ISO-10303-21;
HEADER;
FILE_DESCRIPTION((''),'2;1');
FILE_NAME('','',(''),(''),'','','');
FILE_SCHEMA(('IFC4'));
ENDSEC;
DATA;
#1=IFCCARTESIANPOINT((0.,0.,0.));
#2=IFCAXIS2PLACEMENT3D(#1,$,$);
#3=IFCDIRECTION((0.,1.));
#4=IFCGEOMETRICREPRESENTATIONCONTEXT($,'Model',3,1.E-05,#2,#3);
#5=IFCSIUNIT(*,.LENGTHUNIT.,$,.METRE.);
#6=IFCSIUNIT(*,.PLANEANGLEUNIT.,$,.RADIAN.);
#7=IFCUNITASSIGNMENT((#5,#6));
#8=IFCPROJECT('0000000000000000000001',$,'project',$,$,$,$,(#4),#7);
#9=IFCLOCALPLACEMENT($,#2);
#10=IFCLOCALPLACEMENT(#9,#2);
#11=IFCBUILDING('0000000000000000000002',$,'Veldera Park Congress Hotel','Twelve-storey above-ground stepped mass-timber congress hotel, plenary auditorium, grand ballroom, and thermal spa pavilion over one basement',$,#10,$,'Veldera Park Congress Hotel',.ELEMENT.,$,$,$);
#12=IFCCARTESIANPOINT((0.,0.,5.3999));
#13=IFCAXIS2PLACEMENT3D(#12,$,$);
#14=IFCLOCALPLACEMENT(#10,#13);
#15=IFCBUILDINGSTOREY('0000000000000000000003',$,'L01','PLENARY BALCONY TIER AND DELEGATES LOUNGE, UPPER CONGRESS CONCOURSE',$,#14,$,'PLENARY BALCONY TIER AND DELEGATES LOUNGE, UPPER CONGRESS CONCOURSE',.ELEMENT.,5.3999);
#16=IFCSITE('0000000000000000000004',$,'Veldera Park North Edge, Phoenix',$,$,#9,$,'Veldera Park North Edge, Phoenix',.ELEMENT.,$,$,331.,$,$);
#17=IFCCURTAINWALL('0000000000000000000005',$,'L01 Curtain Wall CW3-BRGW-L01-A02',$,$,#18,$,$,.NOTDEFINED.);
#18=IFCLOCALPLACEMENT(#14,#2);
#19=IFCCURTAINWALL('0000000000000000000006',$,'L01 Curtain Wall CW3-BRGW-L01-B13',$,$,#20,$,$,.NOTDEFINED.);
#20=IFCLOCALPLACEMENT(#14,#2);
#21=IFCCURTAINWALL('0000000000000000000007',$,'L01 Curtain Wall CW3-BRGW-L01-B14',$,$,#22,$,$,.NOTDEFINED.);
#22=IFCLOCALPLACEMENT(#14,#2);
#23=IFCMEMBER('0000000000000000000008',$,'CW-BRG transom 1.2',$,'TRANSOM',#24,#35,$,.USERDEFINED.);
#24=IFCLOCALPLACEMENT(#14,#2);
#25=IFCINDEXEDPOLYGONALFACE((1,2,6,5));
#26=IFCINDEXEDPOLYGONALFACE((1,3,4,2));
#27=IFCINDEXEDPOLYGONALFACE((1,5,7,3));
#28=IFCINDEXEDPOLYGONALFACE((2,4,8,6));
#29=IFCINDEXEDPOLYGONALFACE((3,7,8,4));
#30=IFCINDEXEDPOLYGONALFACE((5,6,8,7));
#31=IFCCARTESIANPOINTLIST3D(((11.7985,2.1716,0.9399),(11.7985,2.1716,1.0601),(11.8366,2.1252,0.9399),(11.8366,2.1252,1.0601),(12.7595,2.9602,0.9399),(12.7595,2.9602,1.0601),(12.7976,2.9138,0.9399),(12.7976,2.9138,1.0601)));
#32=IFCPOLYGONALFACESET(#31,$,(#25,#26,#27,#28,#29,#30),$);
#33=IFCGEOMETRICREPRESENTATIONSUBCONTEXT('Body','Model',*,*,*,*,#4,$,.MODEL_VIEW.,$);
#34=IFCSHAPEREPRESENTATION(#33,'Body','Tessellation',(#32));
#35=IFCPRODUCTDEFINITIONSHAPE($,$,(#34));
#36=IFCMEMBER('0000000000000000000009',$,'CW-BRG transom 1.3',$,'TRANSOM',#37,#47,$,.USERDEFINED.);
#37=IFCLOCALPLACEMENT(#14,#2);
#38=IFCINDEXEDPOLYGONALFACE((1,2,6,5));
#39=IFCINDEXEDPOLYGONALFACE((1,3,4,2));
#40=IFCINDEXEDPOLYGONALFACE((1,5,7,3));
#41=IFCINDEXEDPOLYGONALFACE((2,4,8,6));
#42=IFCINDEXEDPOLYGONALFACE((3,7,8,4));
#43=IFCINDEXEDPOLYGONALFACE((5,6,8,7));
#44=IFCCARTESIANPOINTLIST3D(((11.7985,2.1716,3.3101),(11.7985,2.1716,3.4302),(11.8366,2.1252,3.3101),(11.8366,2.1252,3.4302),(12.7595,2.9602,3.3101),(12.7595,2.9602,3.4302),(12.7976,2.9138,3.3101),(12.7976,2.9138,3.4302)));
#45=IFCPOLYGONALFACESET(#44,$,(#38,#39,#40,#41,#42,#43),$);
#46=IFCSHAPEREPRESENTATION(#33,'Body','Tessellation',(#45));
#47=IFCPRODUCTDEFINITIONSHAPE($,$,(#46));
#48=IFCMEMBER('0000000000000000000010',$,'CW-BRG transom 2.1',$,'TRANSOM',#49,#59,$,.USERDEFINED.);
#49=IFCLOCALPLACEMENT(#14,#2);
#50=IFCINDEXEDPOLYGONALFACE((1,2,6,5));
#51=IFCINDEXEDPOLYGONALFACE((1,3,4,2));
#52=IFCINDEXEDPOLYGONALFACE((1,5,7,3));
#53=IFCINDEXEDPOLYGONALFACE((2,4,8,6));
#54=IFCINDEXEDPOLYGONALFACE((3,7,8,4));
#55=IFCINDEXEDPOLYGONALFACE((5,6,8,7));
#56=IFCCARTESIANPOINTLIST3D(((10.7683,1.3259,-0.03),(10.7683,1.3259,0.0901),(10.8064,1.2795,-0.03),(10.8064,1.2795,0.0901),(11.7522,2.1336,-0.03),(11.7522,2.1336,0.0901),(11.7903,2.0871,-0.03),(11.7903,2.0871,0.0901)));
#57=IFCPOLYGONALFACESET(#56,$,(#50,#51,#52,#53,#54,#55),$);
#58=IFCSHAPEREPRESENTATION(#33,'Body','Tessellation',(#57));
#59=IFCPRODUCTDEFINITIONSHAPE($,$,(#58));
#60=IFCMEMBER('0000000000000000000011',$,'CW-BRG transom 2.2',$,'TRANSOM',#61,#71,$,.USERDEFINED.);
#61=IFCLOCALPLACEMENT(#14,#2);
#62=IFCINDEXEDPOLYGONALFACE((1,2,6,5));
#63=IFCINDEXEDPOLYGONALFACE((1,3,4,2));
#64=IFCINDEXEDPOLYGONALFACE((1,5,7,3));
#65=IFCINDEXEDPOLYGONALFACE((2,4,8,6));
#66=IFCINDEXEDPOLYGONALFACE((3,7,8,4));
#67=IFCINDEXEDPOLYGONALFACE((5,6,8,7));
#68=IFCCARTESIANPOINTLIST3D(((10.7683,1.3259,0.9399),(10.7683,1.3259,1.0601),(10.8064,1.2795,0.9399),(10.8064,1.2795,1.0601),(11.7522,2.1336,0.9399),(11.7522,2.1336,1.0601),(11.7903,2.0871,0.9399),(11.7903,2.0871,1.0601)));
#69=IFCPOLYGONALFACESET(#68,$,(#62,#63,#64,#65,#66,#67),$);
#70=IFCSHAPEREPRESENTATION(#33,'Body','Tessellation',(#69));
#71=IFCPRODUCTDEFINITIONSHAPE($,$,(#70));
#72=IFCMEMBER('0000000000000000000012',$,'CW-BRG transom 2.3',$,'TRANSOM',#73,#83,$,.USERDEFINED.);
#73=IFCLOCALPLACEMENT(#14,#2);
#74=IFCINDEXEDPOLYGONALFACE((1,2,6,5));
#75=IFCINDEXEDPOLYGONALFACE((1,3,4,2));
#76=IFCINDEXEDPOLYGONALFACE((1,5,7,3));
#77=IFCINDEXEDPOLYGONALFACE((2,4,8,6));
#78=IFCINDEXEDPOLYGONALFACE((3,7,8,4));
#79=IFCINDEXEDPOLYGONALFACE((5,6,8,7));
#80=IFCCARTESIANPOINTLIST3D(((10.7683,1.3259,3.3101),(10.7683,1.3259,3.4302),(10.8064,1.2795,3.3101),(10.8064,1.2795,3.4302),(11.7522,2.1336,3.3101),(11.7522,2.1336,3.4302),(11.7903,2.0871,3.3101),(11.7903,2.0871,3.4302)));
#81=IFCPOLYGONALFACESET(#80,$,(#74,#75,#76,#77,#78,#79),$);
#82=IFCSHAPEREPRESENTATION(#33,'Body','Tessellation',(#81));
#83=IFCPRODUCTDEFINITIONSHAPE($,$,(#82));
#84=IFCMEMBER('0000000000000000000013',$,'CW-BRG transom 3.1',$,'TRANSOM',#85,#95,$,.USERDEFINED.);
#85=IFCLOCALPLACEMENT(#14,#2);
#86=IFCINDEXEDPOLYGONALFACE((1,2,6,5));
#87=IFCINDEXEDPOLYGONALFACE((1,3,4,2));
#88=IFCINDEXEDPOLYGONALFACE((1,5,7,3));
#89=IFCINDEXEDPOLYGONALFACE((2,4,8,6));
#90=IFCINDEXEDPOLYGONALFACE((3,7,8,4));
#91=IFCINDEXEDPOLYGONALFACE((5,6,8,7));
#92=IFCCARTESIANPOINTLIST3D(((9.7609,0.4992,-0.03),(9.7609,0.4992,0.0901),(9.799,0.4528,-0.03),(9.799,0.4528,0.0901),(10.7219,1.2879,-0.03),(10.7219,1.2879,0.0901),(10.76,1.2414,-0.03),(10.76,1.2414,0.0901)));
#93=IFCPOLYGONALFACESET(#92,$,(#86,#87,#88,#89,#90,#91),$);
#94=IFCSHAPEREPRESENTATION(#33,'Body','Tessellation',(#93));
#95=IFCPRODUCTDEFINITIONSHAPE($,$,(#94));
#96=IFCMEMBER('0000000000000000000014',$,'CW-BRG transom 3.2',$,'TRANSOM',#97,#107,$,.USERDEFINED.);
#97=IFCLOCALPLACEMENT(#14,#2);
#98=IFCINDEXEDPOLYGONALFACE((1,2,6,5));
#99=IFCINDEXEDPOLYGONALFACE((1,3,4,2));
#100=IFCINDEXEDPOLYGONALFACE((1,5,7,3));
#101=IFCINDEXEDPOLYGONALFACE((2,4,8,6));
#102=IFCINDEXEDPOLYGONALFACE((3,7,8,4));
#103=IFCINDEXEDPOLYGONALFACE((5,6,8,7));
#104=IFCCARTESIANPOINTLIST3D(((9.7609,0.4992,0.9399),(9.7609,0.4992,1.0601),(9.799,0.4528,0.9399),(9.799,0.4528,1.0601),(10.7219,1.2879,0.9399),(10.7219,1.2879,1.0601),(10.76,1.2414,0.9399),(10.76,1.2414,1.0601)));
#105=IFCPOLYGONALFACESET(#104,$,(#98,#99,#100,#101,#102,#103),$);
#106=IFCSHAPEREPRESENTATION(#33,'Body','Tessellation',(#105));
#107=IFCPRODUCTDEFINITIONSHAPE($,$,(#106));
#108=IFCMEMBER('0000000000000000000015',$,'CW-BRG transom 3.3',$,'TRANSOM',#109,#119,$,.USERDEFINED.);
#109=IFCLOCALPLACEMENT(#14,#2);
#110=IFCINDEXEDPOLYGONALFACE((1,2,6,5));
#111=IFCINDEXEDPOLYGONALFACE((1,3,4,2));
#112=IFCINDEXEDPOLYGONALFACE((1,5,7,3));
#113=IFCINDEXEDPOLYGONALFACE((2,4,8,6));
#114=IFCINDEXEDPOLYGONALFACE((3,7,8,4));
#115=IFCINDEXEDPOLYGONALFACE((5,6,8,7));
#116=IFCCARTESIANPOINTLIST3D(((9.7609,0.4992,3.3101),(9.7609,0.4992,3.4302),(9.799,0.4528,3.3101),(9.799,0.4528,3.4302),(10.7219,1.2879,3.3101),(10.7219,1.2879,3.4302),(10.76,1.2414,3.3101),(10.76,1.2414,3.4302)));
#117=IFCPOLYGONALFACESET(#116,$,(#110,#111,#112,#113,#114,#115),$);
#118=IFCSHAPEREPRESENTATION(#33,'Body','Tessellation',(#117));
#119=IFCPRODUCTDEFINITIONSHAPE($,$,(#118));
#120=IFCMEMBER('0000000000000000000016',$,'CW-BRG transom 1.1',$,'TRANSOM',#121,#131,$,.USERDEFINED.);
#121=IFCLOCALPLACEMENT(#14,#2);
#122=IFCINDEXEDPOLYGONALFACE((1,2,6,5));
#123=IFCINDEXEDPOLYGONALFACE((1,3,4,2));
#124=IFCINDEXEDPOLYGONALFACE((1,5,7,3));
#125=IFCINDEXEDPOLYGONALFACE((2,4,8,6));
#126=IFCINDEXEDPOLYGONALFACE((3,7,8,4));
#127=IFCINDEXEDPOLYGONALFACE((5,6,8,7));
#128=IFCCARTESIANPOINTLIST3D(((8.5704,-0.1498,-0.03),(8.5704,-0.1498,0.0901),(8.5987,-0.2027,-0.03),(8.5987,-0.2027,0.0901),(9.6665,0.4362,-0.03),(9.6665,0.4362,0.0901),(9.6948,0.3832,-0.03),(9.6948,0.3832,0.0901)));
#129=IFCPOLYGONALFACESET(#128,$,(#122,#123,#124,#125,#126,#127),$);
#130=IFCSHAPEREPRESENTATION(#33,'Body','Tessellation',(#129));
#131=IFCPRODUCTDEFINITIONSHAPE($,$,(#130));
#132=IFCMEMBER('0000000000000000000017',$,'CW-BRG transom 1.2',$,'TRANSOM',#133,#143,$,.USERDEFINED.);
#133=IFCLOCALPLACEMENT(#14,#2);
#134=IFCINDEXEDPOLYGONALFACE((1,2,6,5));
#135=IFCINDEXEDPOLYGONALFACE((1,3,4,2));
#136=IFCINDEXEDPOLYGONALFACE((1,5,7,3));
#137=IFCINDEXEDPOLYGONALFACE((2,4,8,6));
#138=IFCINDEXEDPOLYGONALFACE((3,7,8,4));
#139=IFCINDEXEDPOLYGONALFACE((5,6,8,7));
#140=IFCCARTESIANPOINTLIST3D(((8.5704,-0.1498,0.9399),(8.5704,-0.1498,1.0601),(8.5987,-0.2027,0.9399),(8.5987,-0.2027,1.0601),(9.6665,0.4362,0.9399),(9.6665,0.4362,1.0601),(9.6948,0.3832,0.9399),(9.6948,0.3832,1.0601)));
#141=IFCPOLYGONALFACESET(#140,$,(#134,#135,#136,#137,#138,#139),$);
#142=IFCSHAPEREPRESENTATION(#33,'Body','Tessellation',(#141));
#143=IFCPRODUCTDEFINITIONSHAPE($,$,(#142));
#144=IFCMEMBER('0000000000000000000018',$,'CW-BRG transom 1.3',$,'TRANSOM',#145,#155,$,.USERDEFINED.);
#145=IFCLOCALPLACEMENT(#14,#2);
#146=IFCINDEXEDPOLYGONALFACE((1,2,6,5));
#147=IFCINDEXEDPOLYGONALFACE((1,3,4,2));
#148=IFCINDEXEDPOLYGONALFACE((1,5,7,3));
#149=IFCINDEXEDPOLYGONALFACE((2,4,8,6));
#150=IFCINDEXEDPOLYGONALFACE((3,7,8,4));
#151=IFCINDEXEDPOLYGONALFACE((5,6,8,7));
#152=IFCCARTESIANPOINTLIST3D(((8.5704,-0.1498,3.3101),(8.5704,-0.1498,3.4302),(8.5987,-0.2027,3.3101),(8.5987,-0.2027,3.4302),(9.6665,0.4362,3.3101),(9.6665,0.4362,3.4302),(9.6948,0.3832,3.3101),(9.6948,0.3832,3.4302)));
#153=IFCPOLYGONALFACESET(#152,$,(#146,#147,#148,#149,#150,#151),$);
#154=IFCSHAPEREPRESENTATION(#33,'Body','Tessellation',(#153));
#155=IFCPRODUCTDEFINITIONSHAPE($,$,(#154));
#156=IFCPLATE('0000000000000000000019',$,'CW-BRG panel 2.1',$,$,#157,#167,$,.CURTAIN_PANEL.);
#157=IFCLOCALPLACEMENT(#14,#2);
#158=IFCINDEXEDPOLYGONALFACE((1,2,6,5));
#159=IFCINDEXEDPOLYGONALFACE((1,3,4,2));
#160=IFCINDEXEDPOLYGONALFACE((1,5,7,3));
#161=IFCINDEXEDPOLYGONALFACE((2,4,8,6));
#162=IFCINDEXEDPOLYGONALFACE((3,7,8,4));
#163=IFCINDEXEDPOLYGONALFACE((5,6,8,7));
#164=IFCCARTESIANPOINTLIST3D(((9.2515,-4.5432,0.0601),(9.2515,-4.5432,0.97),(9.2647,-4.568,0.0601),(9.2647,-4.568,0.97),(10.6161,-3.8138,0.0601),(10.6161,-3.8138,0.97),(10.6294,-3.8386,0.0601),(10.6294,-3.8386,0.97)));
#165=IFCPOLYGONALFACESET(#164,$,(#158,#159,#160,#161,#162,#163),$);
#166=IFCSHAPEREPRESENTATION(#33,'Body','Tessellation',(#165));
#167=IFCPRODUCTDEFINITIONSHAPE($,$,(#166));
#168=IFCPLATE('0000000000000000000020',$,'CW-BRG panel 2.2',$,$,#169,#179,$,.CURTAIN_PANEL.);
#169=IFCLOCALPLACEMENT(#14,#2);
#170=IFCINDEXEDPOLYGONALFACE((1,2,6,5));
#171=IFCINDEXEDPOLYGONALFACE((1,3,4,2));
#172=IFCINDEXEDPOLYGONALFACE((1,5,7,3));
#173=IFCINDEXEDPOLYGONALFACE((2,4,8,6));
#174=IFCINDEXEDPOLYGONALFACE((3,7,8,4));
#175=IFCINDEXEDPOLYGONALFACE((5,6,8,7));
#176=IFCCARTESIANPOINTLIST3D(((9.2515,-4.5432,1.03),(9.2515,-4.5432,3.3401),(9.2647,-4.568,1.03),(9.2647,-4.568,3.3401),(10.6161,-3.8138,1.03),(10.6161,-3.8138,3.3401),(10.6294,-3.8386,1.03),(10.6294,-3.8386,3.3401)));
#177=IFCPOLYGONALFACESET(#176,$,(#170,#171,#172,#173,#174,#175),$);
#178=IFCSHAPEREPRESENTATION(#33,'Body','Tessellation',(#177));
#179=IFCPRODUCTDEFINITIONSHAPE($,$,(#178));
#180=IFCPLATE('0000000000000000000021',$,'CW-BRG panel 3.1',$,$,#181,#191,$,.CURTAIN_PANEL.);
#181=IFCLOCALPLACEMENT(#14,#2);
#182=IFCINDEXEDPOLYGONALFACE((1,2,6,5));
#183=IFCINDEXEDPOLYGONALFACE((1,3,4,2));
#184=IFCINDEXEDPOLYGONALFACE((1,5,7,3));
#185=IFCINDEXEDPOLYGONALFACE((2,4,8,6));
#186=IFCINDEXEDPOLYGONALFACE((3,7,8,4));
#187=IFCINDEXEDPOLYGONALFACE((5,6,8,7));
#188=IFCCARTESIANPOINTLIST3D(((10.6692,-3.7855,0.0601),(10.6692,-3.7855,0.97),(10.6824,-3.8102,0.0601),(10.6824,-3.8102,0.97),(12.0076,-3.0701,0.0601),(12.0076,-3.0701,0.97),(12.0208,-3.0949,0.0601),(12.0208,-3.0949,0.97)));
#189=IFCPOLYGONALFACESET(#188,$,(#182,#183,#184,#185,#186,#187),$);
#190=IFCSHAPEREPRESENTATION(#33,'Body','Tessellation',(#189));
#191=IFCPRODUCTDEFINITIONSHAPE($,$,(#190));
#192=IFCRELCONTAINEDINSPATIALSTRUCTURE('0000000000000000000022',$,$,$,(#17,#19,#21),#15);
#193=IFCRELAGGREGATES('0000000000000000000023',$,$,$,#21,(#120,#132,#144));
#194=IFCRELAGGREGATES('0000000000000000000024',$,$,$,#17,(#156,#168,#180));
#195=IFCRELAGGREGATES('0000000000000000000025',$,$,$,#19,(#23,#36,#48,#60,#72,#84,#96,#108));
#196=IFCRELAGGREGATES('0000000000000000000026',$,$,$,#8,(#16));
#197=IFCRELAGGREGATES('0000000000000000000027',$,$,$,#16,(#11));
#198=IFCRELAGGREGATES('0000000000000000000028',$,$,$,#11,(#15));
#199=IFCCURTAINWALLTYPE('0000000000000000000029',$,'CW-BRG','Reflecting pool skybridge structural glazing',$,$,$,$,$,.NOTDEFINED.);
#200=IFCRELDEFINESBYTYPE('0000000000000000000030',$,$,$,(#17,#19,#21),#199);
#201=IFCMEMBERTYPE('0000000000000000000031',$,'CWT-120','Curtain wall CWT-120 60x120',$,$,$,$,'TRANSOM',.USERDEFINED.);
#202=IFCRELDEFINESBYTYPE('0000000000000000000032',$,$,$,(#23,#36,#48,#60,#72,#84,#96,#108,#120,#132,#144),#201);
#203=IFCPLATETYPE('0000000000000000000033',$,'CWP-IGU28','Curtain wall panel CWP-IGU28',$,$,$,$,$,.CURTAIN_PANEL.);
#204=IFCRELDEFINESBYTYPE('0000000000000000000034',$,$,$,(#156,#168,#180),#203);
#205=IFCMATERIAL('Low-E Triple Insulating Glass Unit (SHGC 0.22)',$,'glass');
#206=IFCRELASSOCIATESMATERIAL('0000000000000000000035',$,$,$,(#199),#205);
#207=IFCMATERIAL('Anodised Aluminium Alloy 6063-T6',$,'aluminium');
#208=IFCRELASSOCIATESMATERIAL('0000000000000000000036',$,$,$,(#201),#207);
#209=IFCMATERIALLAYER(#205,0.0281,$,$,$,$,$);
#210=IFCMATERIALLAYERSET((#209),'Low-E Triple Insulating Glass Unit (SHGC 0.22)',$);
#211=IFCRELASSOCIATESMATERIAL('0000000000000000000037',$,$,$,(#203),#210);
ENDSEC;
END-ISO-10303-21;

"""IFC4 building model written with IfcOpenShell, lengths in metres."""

from ifc_helpers import new_model, si_unit, direction, frame, origin, origin_2d, place, context, subcontext, project, spatial, rectangle, extrude, material, layer, layer_set, material_profile, profile_set, type_object, element, aggregate, save


model = new_model("IFC4")

# Units and contexts
model_context = context("Model", 3, precision=1e-05, world=origin(), true_north=direction((0.0, 1.0)))
body_context = subcontext(model_context, "Body", "Model", "MODEL_VIEW")
ifc_project = project(units=[si_unit("LENGTHUNIT", "METRE"), si_unit("PLANEANGLEUNIT", "RADIAN")], contexts=[model_context])

# Site, building, storey
site_placement = place(None, origin())
site = spatial("IfcSite", under=ifc_project, at=site_placement, Name="Veldera Park North Edge, Phoenix", LongName="Veldera Park North Edge, Phoenix", CompositionType="ELEMENT", RefElevation=331.0)
building_placement = place(site_placement, origin())
building = spatial("IfcBuilding", under=site, at=building_placement, Name="Veldera Park Congress Hotel", Description="Twelve-storey above-ground stepped mass-timber congress hotel, plenary auditorium, grand ballroom, and thermal spa pavilion over one basement", LongName="Veldera Park Congress Hotel", CompositionType="ELEMENT")
storey_placement = place(building_placement, frame((0.0, 0.0, 5.3999)))
storey = spatial("IfcBuildingStorey", under=building, at=storey_placement, Name="L01", Description="PLENARY BALCONY TIER AND DELEGATES LOUNGE, UPPER CONGRESS CONCOURSE", LongName="PLENARY BALCONY TIER AND DELEGATES LOUNGE, UPPER CONGRESS CONCOURSE", CompositionType="ELEMENT", Elevation=5.3999)

# Curtain wall
ifc_material_1 = material(Name="Low-E Triple Insulating Glass Unit (SHGC 0.22)", Category="glass")
curtain_wall_type = type_object("IfcCurtainWallType", Name="CW-BRG", Description="Reflecting pool skybridge structural glazing", PredefinedType="NOTDEFINED", material=ifc_material_1)
curtain_wall_1_placement = place(storey_placement, origin())
curtain_wall_1 = element("IfcCurtainWall", 1, at=curtain_wall_1_placement, inside=storey, type_object=curtain_wall_type, Name="L01 Curtain Wall CW3-BRGW-L01-A02", PredefinedType="NOTDEFINED")
ifc_material_2 = material(Name="Anodised Aluminium Alloy 6063-T6", Category="aluminium")

# Curtain wall
curtain_wall_2_placement = place(storey_placement, origin())
curtain_wall_2 = element("IfcCurtainWall", 2, at=curtain_wall_2_placement, inside=storey, type_object=curtain_wall_type, Name="L01 Curtain Wall CW3-BRGW-L01-B13", PredefinedType="NOTDEFINED")

# Curtain wall
curtain_wall_3_placement = place(storey_placement, origin())
curtain_wall_3 = element("IfcCurtainWall", 3, at=curtain_wall_3_placement, inside=storey, type_object=curtain_wall_type, Name="L01 Curtain Wall CW3-BRGW-L01-B14", PredefinedType="NOTDEFINED")

# Members
ifc_material_profile_1 = material_profile(ifc_material_2, rectangle(XDim=0.0601, YDim=0.1201, at=origin_2d()), Name="ALU 60x120")
ifc_profile_set_1 = profile_set([ifc_material_profile_1], Name="Anodised Aluminium Alloy 6063-T6")
member_type_1 = type_object("IfcMemberType", Name="CWT-120", Description="Curtain wall CWT-120 60x120", ElementType="TRANSOM", PredefinedType="USERDEFINED", material=ifc_profile_set_1)
member_1_placement = place(storey_placement, frame((12.7786, 2.937, 1.0), z_axis=(-0.773029, -0.634371, 0.0), x_axis=(0.634371, -0.773029, 0.0)))
member_1 = element("IfcMember", 4, at=member_1_placement, type_object=member_type_1, Name="CW-BRG transom 1.2", ObjectType="TRANSOM", PredefinedType="USERDEFINED", context=body_context, shape_type="SweptSolid", body=[
    extrude(rectangle(XDim=0.0601, YDim=0.1201, at=origin_2d()), origin(), (0.0, 0.0, 1.0), 1.2432),
])
member_2_placement = place(storey_placement, frame((12.7786, 2.937, 3.3701), z_axis=(-0.773029, -0.634371, 0.0), x_axis=(0.634371, -0.773029, 0.0)))
member_2 = element("IfcMember", 5, at=member_2_placement, type_object=member_type_1, Name="CW-BRG transom 1.3", ObjectType="TRANSOM", PredefinedType="USERDEFINED", context=body_context, shape_type="SweptSolid", body=[
    extrude(rectangle(XDim=0.0601, YDim=0.1201, at=origin_2d()), origin(), (0.0, 0.0, 1.0), 1.2432),
])
member_3_placement = place(storey_placement, frame((11.7712, 2.1104, 0.03), z_axis=(-0.772948, -0.634469, 0.0), x_axis=(0.634469, -0.772948, 0.0)))
member_3 = element("IfcMember", 6, at=member_3_placement, type_object=member_type_1, Name="CW-BRG transom 2.1", ObjectType="TRANSOM", PredefinedType="USERDEFINED", context=body_context, shape_type="SweptSolid", body=[
    extrude(rectangle(XDim=0.0601, YDim=0.1201, at=origin_2d()), origin(), (0.0, 0.0, 1.0), 1.2729),
])
member_4_placement = place(storey_placement, frame((11.7712, 2.1104, 1.0), z_axis=(-0.772948, -0.634469, 0.0), x_axis=(0.634469, -0.772948, 0.0)))
member_4 = element("IfcMember", 7, at=member_4_placement, type_object=member_type_1, Name="CW-BRG transom 2.2", ObjectType="TRANSOM", PredefinedType="USERDEFINED", context=body_context, shape_type="SweptSolid", body=[
    extrude(rectangle(XDim=0.0601, YDim=0.1201, at=origin_2d()), origin(), (0.0, 0.0, 1.0), 1.2729),
])
member_5_placement = place(storey_placement, frame((11.7712, 2.1104, 3.3701), z_axis=(-0.772948, -0.634469, 0.0), x_axis=(0.634469, -0.772948, 0.0)))
member_5 = element("IfcMember", 8, at=member_5_placement, type_object=member_type_1, Name="CW-BRG transom 2.3", ObjectType="TRANSOM", PredefinedType="USERDEFINED", context=body_context, shape_type="SweptSolid", body=[
    extrude(rectangle(XDim=0.0601, YDim=0.1201, at=origin_2d()), origin(), (0.0, 0.0, 1.0), 1.2729),
])
member_6_placement = place(storey_placement, frame((10.741, 1.2646, 0.03), z_axis=(-0.773029, -0.634371, 0.0), x_axis=(0.634371, -0.773029, 0.0)))
member_6 = element("IfcMember", 9, at=member_6_placement, type_object=member_type_1, Name="CW-BRG transom 3.1", ObjectType="TRANSOM", PredefinedType="USERDEFINED", context=body_context, shape_type="SweptSolid", body=[
    extrude(rectangle(XDim=0.0601, YDim=0.1201, at=origin_2d()), origin(), (0.0, 0.0, 1.0), 1.2432),
])
member_7_placement = place(storey_placement, frame((10.741, 1.2646, 1.0), z_axis=(-0.773029, -0.634371, 0.0), x_axis=(0.634371, -0.773029, 0.0)))
member_7 = element("IfcMember", 10, at=member_7_placement, type_object=member_type_1, Name="CW-BRG transom 3.2", ObjectType="TRANSOM", PredefinedType="USERDEFINED", context=body_context, shape_type="SweptSolid", body=[
    extrude(rectangle(XDim=0.0601, YDim=0.1201, at=origin_2d()), origin(), (0.0, 0.0, 1.0), 1.2432),
])
member_8_placement = place(storey_placement, frame((10.741, 1.2646, 3.3701), z_axis=(-0.773029, -0.634371, 0.0), x_axis=(0.634371, -0.773029, 0.0)))
member_8 = element("IfcMember", 11, at=member_8_placement, type_object=member_type_1, Name="CW-BRG transom 3.3", ObjectType="TRANSOM", PredefinedType="USERDEFINED", context=body_context, shape_type="SweptSolid", body=[
    extrude(rectangle(XDim=0.0601, YDim=0.1201, at=origin_2d()), origin(), (0.0, 0.0, 1.0), 1.2432),
])
member_9_placement = place(storey_placement, frame((9.6807, 0.4097, 0.03), z_axis=(-0.881918, -0.471404, 0.0), x_axis=(0.471404, -0.881918, 0.0)))
member_9 = element("IfcMember", 12, at=member_9_placement, type_object=member_type_1, Name="CW-BRG transom 1.1", ObjectType="TRANSOM", PredefinedType="USERDEFINED", context=body_context, shape_type="SweptSolid", body=[
    extrude(rectangle(XDim=0.0601, YDim=0.1201, at=origin_2d()), origin(), (0.0, 0.0, 1.0), 1.2429),
])
member_10_placement = place(storey_placement, frame((9.6807, 0.4097, 1.0), z_axis=(-0.881918, -0.471404, 0.0), x_axis=(0.471404, -0.881918, 0.0)))
member_10 = element("IfcMember", 13, at=member_10_placement, type_object=member_type_1, Name="CW-BRG transom 1.2", ObjectType="TRANSOM", PredefinedType="USERDEFINED", context=body_context, shape_type="SweptSolid", body=[
    extrude(rectangle(XDim=0.0601, YDim=0.1201, at=origin_2d()), origin(), (0.0, 0.0, 1.0), 1.2429),
])
member_11_placement = place(storey_placement, frame((9.6807, 0.4097, 3.3701), z_axis=(-0.881918, -0.471404, 0.0), x_axis=(0.471404, -0.881918, 0.0)))
member_11 = element("IfcMember", 14, at=member_11_placement, type_object=member_type_1, Name="CW-BRG transom 1.3", ObjectType="TRANSOM", PredefinedType="USERDEFINED", context=body_context, shape_type="SweptSolid", body=[
    extrude(rectangle(XDim=0.0601, YDim=0.1201, at=origin_2d()), origin(), (0.0, 0.0, 1.0), 1.2429),
])
aggregate(curtain_wall_3, [member_9, member_10, member_11])

# Plates
ifc_layer = layer(ifc_material_1, 0.0281)
ifc_layer_set = layer_set([ifc_layer], Name="Low-E Triple Insulating Glass Unit (SHGC 0.22)")
plate_type = type_object("IfcPlateType", Name="CWP-IGU28", Description="Curtain wall panel CWP-IGU28", PredefinedType="CURTAIN_PANEL", material=ifc_layer_set)
plate_1_placement = place(storey_placement, frame((9.9404, -4.1909, 0.0601), z_axis=(0.0, 0.0, 1.0), x_axis=(0.881928, 0.471385, 0.0)))
plate_1 = element("IfcPlate", 15, at=plate_1_placement, type_object=plate_type, Name="CW-BRG panel 2.1", PredefinedType="CURTAIN_PANEL", context=body_context, shape_type="SweptSolid", body=[
    extrude(rectangle(XDim=1.5474, YDim=0.0281, at=origin_2d()), origin(), (0.0, 0.0, 1.0), 0.9099),
])
plate_2_placement = place(storey_placement, frame((9.9404, -4.1909, 1.03), z_axis=(0.0, 0.0, 1.0), x_axis=(0.881928, 0.471385, 0.0)))
plate_2 = element("IfcPlate", 16, at=plate_2_placement, type_object=plate_type, Name="CW-BRG panel 2.2", PredefinedType="CURTAIN_PANEL", context=body_context, shape_type="SweptSolid", body=[
    extrude(rectangle(XDim=1.5474, YDim=0.0281, at=origin_2d()), origin(), (0.0, 0.0, 1.0), 2.3101),
])
plate_3_placement = place(storey_placement, frame((11.345, -3.4402, 0.0601), z_axis=(0.0, 0.0, 1.0), x_axis=(0.881928, 0.471385, 0.0)))
plate_3 = element("IfcPlate", 17, at=plate_3_placement, type_object=plate_type, Name="CW-BRG panel 3.1", PredefinedType="CURTAIN_PANEL", context=body_context, shape_type="SweptSolid", body=[
    extrude(rectangle(XDim=1.5176, YDim=0.0281, at=origin_2d()), origin(), (0.0, 0.0, 1.0), 0.9099),
])
aggregate(curtain_wall_1, [plate_1, plate_2, plate_3])
aggregate(curtain_wall_2, [member_1, member_2, member_3, member_4, member_5, member_6, member_7, member_8])

save(model, "model.ifc")
